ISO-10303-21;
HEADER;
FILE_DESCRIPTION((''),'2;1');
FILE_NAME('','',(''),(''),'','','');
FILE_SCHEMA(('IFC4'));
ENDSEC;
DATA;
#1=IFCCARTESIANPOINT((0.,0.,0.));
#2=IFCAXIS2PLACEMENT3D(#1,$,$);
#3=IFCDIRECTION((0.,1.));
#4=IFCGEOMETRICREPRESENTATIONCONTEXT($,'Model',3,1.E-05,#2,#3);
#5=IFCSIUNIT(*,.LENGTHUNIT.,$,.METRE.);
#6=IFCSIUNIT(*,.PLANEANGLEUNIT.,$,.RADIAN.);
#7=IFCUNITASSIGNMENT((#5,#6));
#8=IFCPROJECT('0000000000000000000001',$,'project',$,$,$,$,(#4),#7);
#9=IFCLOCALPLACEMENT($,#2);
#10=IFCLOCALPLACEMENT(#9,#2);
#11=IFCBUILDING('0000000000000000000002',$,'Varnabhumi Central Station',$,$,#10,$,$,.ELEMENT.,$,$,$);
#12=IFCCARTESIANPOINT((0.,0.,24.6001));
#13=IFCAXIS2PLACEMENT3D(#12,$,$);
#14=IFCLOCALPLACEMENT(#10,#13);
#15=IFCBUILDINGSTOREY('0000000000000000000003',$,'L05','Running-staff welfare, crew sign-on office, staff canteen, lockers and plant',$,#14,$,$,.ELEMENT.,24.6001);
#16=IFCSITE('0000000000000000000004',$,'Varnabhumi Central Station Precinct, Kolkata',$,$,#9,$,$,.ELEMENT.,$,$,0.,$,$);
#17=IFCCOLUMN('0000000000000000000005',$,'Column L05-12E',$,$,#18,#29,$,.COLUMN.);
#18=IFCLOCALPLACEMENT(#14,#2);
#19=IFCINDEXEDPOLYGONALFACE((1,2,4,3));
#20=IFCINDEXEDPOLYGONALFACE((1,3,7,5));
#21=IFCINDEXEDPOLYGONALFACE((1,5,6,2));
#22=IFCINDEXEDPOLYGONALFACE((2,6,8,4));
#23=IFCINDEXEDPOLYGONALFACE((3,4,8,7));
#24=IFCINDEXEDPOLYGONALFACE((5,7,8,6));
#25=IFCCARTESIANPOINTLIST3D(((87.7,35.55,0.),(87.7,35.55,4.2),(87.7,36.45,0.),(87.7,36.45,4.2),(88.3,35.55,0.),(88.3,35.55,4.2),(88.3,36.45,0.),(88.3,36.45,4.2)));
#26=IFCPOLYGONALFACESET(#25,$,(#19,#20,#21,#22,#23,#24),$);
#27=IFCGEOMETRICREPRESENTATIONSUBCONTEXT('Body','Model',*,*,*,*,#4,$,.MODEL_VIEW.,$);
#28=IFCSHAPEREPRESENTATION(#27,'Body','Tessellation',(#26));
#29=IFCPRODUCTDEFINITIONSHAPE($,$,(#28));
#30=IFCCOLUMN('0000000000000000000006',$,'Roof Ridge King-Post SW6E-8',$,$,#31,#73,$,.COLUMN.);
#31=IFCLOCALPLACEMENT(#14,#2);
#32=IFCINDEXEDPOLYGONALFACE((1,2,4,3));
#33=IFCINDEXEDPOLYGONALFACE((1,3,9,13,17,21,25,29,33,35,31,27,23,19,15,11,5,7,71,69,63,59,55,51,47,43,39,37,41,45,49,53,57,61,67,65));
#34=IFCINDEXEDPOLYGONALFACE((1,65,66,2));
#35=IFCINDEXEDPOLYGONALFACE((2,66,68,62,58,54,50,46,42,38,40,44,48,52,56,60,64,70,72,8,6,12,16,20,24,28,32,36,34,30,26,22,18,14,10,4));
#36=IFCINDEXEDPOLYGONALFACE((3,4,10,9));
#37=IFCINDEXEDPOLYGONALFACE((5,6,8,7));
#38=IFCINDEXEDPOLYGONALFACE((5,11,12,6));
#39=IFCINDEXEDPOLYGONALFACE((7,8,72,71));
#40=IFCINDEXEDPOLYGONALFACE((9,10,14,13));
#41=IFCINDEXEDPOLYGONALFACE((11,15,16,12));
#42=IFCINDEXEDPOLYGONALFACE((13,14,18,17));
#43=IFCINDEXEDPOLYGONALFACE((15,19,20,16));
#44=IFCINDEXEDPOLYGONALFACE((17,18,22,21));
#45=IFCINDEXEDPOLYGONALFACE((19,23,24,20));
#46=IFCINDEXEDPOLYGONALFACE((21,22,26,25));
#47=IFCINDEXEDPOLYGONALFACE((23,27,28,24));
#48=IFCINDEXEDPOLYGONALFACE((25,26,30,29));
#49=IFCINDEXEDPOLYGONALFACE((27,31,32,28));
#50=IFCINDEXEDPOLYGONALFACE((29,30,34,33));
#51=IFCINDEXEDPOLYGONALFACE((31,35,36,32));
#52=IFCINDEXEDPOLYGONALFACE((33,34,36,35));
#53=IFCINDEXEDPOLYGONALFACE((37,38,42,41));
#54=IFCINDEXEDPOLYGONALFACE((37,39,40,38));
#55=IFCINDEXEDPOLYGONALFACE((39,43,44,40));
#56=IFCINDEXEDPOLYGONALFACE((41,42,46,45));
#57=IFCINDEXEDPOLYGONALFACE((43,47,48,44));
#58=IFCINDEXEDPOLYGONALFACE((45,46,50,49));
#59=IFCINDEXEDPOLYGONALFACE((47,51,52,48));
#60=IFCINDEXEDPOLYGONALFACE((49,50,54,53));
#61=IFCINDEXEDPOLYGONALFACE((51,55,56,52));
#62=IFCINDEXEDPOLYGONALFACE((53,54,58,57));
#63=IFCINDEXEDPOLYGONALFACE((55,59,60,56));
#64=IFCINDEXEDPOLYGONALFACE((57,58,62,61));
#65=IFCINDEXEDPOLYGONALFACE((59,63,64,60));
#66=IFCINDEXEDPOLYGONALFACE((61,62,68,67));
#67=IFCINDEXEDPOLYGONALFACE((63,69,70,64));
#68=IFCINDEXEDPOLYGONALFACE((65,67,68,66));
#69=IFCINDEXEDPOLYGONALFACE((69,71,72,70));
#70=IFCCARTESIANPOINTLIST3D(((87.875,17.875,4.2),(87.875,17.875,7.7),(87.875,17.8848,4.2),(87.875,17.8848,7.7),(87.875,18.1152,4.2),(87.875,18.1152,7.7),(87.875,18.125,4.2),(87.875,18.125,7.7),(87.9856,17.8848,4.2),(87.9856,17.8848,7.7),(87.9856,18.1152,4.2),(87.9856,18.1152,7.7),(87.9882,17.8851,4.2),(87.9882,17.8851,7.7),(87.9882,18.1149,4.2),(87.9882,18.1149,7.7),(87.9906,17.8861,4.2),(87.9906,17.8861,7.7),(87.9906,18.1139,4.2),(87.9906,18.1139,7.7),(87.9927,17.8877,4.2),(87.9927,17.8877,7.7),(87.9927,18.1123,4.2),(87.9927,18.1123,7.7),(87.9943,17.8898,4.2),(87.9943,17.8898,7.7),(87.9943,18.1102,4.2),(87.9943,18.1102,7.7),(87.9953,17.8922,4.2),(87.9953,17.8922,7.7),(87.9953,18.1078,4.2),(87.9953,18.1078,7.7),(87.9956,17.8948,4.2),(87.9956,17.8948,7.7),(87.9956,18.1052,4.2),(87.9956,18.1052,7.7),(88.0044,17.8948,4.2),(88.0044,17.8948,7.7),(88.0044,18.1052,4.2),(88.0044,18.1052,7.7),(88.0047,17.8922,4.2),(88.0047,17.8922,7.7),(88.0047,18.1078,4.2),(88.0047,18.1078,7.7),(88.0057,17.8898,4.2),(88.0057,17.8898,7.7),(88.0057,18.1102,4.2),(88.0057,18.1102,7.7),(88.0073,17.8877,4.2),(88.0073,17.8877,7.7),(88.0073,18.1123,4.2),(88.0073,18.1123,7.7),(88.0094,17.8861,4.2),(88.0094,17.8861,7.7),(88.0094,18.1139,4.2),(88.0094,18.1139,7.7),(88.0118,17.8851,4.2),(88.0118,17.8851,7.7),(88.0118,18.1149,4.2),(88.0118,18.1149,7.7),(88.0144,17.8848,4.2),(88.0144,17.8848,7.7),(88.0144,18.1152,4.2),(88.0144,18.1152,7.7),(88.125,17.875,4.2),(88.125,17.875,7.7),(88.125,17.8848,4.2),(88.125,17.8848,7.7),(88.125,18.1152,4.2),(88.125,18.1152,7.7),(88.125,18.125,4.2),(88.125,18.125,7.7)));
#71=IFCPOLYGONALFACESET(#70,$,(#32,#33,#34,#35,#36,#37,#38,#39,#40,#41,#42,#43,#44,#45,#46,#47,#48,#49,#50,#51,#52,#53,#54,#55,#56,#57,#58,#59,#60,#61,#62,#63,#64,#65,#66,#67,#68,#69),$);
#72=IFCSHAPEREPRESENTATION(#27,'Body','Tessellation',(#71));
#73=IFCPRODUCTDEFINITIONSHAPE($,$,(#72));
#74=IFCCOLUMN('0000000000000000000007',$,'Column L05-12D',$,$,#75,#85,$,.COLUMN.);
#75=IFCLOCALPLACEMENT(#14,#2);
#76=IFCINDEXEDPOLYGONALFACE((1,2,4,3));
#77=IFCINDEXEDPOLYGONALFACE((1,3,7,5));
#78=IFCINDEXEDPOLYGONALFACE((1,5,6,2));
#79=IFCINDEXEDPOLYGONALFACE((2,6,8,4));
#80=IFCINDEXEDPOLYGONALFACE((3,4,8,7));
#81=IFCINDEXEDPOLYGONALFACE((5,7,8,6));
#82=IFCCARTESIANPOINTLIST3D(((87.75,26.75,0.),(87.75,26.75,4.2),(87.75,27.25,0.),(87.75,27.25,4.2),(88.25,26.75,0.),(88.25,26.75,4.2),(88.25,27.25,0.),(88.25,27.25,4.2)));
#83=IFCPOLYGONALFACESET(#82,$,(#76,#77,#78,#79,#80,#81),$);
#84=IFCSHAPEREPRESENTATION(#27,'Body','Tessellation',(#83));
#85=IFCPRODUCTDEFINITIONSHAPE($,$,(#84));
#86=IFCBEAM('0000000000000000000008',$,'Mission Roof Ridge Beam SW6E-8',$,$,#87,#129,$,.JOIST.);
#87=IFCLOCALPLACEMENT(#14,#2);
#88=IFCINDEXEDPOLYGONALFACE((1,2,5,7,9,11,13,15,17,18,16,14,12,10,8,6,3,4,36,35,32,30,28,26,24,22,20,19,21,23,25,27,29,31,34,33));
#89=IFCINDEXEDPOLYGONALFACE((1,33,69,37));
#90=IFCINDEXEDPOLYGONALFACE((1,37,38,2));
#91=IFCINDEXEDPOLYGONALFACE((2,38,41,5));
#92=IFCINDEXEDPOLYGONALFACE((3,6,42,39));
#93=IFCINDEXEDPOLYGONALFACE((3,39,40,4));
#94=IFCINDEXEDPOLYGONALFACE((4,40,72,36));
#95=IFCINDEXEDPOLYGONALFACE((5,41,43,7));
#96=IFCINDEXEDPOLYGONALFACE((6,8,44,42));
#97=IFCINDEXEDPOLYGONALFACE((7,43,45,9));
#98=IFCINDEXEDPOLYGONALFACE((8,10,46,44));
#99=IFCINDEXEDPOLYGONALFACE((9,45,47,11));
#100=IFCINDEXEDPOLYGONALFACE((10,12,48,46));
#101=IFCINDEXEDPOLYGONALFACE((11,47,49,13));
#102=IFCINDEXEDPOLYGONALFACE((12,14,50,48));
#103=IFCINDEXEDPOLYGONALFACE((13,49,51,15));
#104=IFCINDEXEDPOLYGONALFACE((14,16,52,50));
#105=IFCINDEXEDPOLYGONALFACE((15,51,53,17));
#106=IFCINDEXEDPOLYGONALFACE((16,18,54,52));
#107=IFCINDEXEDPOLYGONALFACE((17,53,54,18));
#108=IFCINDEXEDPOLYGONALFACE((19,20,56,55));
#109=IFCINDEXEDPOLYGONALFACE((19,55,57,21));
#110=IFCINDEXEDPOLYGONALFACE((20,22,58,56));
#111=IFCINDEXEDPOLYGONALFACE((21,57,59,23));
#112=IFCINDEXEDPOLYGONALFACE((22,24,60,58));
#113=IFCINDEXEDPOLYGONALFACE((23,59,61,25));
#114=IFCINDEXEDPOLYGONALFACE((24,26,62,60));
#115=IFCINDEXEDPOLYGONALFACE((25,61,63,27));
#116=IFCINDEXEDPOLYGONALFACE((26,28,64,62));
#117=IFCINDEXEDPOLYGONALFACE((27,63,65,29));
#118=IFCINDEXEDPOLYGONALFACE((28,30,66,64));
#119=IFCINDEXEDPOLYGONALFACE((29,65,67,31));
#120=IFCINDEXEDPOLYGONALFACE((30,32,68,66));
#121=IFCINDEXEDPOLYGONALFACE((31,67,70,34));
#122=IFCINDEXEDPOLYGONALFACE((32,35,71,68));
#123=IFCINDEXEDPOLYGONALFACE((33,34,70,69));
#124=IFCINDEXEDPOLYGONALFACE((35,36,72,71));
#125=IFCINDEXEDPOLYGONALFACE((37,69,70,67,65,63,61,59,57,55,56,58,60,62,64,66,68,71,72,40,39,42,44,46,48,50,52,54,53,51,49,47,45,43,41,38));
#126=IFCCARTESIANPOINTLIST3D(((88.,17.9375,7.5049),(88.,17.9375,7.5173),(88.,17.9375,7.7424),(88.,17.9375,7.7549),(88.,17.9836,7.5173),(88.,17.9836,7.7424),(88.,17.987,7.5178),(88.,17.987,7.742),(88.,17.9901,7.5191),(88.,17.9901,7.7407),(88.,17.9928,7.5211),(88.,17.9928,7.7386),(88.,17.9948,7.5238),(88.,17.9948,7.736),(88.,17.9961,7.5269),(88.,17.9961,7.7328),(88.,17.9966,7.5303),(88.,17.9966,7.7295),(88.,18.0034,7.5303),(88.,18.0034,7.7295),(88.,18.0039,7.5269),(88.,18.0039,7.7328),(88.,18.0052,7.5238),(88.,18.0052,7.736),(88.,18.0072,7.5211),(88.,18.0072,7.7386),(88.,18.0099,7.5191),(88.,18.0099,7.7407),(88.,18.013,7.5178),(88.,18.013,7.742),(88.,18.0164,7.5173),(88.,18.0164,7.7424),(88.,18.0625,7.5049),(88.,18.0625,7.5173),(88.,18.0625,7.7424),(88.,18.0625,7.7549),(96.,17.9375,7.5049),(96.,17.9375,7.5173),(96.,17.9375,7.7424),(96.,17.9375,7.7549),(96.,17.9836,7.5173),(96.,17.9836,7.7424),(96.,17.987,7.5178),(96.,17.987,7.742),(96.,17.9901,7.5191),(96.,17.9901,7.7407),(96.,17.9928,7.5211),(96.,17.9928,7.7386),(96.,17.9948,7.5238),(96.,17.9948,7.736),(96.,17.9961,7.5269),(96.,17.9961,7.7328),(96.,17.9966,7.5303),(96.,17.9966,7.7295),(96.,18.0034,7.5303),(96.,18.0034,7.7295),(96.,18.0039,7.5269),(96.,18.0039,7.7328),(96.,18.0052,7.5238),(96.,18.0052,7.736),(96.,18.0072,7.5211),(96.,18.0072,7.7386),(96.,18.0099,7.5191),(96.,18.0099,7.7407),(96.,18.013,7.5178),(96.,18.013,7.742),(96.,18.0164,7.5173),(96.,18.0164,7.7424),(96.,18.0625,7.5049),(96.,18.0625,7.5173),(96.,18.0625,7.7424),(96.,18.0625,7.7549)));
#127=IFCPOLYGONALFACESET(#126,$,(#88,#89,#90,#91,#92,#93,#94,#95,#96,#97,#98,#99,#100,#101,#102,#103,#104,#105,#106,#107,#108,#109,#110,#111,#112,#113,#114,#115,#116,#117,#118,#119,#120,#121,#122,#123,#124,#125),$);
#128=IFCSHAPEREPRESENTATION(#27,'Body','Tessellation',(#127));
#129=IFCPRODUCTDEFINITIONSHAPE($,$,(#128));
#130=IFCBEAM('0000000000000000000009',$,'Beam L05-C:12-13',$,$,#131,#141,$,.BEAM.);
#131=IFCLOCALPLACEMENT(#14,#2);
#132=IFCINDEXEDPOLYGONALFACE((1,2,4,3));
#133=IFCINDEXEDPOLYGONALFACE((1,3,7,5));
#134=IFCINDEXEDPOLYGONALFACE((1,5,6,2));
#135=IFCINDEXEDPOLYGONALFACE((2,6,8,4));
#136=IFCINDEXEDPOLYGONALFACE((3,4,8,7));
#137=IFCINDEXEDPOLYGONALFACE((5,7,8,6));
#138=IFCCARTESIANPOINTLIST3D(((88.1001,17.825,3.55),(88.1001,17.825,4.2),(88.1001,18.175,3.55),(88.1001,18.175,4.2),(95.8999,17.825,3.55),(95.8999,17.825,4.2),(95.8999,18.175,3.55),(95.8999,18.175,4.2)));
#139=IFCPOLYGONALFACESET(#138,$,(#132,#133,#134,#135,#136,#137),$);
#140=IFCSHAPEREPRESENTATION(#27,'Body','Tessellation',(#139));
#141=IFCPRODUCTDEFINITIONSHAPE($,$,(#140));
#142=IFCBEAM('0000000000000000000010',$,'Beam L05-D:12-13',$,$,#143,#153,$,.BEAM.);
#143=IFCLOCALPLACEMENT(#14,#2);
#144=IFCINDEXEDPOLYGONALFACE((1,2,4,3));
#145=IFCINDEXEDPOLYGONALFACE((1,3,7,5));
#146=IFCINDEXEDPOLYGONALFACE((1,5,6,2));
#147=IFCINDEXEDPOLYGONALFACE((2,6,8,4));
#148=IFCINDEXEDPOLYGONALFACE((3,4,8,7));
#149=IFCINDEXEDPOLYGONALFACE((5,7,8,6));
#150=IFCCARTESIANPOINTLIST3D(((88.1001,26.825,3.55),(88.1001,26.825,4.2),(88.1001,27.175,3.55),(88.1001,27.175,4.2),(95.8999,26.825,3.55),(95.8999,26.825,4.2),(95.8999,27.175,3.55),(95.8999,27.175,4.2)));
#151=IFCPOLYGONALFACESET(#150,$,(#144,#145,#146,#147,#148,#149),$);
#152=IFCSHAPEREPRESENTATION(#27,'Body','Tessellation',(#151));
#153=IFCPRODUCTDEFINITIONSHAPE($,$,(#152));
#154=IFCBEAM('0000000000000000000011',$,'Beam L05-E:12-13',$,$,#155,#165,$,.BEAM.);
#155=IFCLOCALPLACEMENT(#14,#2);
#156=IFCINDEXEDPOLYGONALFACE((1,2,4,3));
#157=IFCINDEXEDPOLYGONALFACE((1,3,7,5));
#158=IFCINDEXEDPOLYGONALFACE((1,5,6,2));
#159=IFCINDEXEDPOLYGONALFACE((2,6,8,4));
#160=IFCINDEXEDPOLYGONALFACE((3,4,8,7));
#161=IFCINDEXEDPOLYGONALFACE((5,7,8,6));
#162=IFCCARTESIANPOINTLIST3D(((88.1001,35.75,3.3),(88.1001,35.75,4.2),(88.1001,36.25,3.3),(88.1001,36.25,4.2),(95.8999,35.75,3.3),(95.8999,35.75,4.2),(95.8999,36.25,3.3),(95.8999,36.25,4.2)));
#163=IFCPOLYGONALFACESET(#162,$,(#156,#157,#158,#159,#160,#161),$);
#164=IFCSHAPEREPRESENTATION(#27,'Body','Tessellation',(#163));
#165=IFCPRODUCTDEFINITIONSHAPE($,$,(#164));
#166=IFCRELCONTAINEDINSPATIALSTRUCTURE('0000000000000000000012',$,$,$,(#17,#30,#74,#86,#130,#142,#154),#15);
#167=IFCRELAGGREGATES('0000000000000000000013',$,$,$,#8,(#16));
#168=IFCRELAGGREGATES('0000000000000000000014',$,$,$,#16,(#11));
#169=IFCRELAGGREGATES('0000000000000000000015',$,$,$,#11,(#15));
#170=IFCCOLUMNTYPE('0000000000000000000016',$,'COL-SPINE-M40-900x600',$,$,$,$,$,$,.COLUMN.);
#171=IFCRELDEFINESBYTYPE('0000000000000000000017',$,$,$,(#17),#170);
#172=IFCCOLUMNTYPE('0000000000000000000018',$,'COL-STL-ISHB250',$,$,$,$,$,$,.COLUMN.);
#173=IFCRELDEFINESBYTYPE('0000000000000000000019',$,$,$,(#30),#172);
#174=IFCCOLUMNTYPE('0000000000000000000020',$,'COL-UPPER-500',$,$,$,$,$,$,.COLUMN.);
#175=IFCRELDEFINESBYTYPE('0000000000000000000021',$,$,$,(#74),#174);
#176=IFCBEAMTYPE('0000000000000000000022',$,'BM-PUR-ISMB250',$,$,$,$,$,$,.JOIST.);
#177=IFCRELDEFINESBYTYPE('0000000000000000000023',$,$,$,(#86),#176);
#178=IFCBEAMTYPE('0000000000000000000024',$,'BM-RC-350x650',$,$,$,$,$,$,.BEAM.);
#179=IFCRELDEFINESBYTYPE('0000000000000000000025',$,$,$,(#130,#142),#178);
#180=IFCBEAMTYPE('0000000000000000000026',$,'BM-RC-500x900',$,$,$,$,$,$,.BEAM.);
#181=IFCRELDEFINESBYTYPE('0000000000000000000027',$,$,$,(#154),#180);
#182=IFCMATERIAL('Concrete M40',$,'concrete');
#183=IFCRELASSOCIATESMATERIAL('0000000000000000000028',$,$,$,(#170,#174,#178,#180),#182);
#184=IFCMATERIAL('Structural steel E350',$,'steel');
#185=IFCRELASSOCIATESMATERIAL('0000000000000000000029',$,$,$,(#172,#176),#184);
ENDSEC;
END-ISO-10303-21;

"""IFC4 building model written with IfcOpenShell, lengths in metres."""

from ifc_helpers import new_model, si_unit, direction, frame, origin, origin_2d, place, context, subcontext, project, spatial, rectangle, i_section, extrude, material, material_profile, profile_set, type_object, element, save


model = new_model("IFC4")

# Units and contexts
model_context = context("Model", 3, precision=1e-05, world=origin(), true_north=direction((0.0, 1.0)))
body_context = subcontext(model_context, "Body", "Model", "MODEL_VIEW")
ifc_project = project(units=[si_unit("LENGTHUNIT", "METRE"), si_unit("PLANEANGLEUNIT", "RADIAN")], contexts=[model_context])

# Site, building, storey
site_placement = place(None, origin())
site = spatial("IfcSite", under=ifc_project, at=site_placement, Name="Varnabhumi Central Station Precinct, Kolkata", CompositionType="ELEMENT", RefElevation=0.0)
building_placement = place(site_placement, origin())
building = spatial("IfcBuilding", under=site, at=building_placement, Name="Varnabhumi Central Station", CompositionType="ELEMENT")
storey_placement = place(building_placement, frame((0.0, 0.0, 24.6001)))
storey = spatial("IfcBuildingStorey", under=building, at=storey_placement, Name="L05", Description="Running-staff welfare, crew sign-on office, staff canteen, lockers and plant", CompositionType="ELEMENT", Elevation=24.6001)

# Columns
ifc_material_1 = material(Name="Concrete M40", Category="concrete")
ifc_material_profile_1 = material_profile(ifc_material_1, rectangle(XDim=0.6001, YDim=0.8999, at=origin_2d()), Name="Concrete M40", Category="concrete")
ifc_profile_set_1 = profile_set([ifc_material_profile_1], Name="Concrete M40")
column_type_1 = type_object("IfcColumnType", Name="COL-SPINE-M40-900x600", PredefinedType="COLUMN", material=ifc_profile_set_1)
column_1_placement = place(storey_placement, frame((88.0, 36.0, 0.0), z_axis=(0.0, 0.0, 1.0), x_axis=(1.0, 0.0, 0.0)))
element("IfcColumn", 1, at=column_1_placement, inside=storey, type_object=column_type_1, Name="Column L05-12E", PredefinedType="COLUMN", context=body_context, shape_type="SweptSolid", body=[
    extrude(rectangle(XDim=0.6001, YDim=0.8999, at=origin_2d()), origin(), (0.0, 0.0, 1.0), 4.2),
])
ifc_material_2 = material(Name="Structural steel E350", Category="steel")
ifc_material_profile_2 = material_profile(ifc_material_2, i_section(OverallWidth=0.25, OverallDepth=0.25, WebThickness=0.0088, FlangeThickness=0.0098, FilletRadius=0.01, at=origin_2d()), Name="Structural steel E350", Category="steel")
ifc_profile_set_2 = profile_set([ifc_material_profile_2], Name="Structural steel E350")
column_type_2 = type_object("IfcColumnType", Name="COL-STL-ISHB250", PredefinedType="COLUMN", material=ifc_profile_set_2)
column_2_placement = place(storey_placement, frame((88.0, 18.0, 4.2), z_axis=(0.0, 0.0, 1.0), x_axis=(1.0, 0.0, 0.0)))
element("IfcColumn", 2, at=column_2_placement, inside=storey, type_object=column_type_2, Name="Roof Ridge King-Post SW6E-8", PredefinedType="COLUMN", context=body_context, shape_type="SweptSolid", body=[
    extrude(i_section(OverallWidth=0.25, OverallDepth=0.25, WebThickness=0.0088, FlangeThickness=0.0098, FilletRadius=0.01, at=origin_2d()), origin(), (0.0, 0.0, 1.0), 3.5),
])
ifc_material_profile_3 = material_profile(ifc_material_1, rectangle(XDim=0.5, YDim=0.5, at=origin_2d()), Name="Concrete M40", Category="concrete")
ifc_profile_set_3 = profile_set([ifc_material_profile_3], Name="Concrete M40")
column_type_3 = type_object("IfcColumnType", Name="COL-UPPER-500", PredefinedType="COLUMN", material=ifc_profile_set_3)
column_3_placement = place(storey_placement, frame((88.0, 27.0, 0.0), z_axis=(0.0, 0.0, 1.0), x_axis=(1.0, 0.0, 0.0)))
element("IfcColumn", 3, at=column_3_placement, inside=storey, type_object=column_type_3, Name="Column L05-12D", PredefinedType="COLUMN", context=body_context, shape_type="SweptSolid", body=[
    extrude(rectangle(XDim=0.5, YDim=0.5, at=origin_2d()), origin(), (0.0, 0.0, 1.0), 4.2),
])

# Beams
ifc_material_profile_4 = material_profile(ifc_material_2, i_section(OverallWidth=0.125, OverallDepth=0.25, WebThickness=0.0068, FlangeThickness=0.0125, FilletRadius=0.0129, at=origin_2d()), Name="Structural steel E350", Category="steel")
ifc_profile_set_4 = profile_set([ifc_material_profile_4], Name="Structural steel E350")
beam_type_1 = type_object("IfcBeamType", Name="BM-PUR-ISMB250", PredefinedType="JOIST", material=ifc_profile_set_4)
beam_1_placement = place(storey_placement, frame((88.0, 18.0, 7.6299), z_axis=(1.0, 0.0, 0.0), x_axis=(0.0, 1.0, 0.0)))
element("IfcBeam", 4, at=beam_1_placement, inside=storey, type_object=beam_type_1, Name="Mission Roof Ridge Beam SW6E-8", PredefinedType="JOIST", context=body_context, shape_type="SweptSolid", body=[
    extrude(i_section(OverallWidth=0.125, OverallDepth=0.25, WebThickness=0.0068, FlangeThickness=0.0125, FilletRadius=0.0129, at=origin_2d()), origin(), (0.0, 0.0, 1.0), 8.0),
])
ifc_material_profile_5 = material_profile(ifc_material_1, rectangle(XDim=0.3501, YDim=0.6499, at=origin_2d()), Name="Concrete M40", Category="concrete")
ifc_profile_set_5 = profile_set([ifc_material_profile_5], Name="Concrete M40")
beam_type_2 = type_object("IfcBeamType", Name="BM-RC-350x650", PredefinedType="BEAM", material=ifc_profile_set_5)
for number, where, z_axis, x_axis, name in (
    (5, (88.1001, 18.0, 3.875), (1.0, 0.0, 0.0), (0.0, 1.0, 0.0), "Beam L05-C:12-13"),
    (6, (88.1001, 27.0, 3.875), (1.0, 0.0, 0.0), (0.0, 1.0, 0.0), "Beam L05-D:12-13"),
):
    element("IfcBeam", number, at=place(storey_placement, frame(where, z_axis=z_axis, x_axis=x_axis)), inside=storey, type_object=beam_type_2, Name=name, PredefinedType="BEAM", context=body_context, shape_type="SweptSolid", body=[
        extrude(rectangle(XDim=0.3501, YDim=0.6499, at=origin_2d()), origin(), (0.0, 0.0, 1.0), 7.7998),
    ])
ifc_material_profile_6 = material_profile(ifc_material_1, rectangle(XDim=0.5, YDim=0.8999, at=origin_2d()), Name="Concrete M40", Category="concrete")
ifc_profile_set_6 = profile_set([ifc_material_profile_6], Name="Concrete M40")
beam_type_3 = type_object("IfcBeamType", Name="BM-RC-500x900", PredefinedType="BEAM", material=ifc_profile_set_6)
beam_2_placement = place(storey_placement, frame((88.1001, 36.0, 3.75), z_axis=(1.0, 0.0, 0.0), x_axis=(0.0, 1.0, 0.0)))
element("IfcBeam", 7, at=beam_2_placement, inside=storey, type_object=beam_type_3, Name="Beam L05-E:12-13", PredefinedType="BEAM", context=body_context, shape_type="SweptSolid", body=[
    extrude(rectangle(XDim=0.5, YDim=0.8999, at=origin_2d()), origin(), (0.0, 0.0, 1.0), 7.7998),
])

save(model, "model.ifc")
